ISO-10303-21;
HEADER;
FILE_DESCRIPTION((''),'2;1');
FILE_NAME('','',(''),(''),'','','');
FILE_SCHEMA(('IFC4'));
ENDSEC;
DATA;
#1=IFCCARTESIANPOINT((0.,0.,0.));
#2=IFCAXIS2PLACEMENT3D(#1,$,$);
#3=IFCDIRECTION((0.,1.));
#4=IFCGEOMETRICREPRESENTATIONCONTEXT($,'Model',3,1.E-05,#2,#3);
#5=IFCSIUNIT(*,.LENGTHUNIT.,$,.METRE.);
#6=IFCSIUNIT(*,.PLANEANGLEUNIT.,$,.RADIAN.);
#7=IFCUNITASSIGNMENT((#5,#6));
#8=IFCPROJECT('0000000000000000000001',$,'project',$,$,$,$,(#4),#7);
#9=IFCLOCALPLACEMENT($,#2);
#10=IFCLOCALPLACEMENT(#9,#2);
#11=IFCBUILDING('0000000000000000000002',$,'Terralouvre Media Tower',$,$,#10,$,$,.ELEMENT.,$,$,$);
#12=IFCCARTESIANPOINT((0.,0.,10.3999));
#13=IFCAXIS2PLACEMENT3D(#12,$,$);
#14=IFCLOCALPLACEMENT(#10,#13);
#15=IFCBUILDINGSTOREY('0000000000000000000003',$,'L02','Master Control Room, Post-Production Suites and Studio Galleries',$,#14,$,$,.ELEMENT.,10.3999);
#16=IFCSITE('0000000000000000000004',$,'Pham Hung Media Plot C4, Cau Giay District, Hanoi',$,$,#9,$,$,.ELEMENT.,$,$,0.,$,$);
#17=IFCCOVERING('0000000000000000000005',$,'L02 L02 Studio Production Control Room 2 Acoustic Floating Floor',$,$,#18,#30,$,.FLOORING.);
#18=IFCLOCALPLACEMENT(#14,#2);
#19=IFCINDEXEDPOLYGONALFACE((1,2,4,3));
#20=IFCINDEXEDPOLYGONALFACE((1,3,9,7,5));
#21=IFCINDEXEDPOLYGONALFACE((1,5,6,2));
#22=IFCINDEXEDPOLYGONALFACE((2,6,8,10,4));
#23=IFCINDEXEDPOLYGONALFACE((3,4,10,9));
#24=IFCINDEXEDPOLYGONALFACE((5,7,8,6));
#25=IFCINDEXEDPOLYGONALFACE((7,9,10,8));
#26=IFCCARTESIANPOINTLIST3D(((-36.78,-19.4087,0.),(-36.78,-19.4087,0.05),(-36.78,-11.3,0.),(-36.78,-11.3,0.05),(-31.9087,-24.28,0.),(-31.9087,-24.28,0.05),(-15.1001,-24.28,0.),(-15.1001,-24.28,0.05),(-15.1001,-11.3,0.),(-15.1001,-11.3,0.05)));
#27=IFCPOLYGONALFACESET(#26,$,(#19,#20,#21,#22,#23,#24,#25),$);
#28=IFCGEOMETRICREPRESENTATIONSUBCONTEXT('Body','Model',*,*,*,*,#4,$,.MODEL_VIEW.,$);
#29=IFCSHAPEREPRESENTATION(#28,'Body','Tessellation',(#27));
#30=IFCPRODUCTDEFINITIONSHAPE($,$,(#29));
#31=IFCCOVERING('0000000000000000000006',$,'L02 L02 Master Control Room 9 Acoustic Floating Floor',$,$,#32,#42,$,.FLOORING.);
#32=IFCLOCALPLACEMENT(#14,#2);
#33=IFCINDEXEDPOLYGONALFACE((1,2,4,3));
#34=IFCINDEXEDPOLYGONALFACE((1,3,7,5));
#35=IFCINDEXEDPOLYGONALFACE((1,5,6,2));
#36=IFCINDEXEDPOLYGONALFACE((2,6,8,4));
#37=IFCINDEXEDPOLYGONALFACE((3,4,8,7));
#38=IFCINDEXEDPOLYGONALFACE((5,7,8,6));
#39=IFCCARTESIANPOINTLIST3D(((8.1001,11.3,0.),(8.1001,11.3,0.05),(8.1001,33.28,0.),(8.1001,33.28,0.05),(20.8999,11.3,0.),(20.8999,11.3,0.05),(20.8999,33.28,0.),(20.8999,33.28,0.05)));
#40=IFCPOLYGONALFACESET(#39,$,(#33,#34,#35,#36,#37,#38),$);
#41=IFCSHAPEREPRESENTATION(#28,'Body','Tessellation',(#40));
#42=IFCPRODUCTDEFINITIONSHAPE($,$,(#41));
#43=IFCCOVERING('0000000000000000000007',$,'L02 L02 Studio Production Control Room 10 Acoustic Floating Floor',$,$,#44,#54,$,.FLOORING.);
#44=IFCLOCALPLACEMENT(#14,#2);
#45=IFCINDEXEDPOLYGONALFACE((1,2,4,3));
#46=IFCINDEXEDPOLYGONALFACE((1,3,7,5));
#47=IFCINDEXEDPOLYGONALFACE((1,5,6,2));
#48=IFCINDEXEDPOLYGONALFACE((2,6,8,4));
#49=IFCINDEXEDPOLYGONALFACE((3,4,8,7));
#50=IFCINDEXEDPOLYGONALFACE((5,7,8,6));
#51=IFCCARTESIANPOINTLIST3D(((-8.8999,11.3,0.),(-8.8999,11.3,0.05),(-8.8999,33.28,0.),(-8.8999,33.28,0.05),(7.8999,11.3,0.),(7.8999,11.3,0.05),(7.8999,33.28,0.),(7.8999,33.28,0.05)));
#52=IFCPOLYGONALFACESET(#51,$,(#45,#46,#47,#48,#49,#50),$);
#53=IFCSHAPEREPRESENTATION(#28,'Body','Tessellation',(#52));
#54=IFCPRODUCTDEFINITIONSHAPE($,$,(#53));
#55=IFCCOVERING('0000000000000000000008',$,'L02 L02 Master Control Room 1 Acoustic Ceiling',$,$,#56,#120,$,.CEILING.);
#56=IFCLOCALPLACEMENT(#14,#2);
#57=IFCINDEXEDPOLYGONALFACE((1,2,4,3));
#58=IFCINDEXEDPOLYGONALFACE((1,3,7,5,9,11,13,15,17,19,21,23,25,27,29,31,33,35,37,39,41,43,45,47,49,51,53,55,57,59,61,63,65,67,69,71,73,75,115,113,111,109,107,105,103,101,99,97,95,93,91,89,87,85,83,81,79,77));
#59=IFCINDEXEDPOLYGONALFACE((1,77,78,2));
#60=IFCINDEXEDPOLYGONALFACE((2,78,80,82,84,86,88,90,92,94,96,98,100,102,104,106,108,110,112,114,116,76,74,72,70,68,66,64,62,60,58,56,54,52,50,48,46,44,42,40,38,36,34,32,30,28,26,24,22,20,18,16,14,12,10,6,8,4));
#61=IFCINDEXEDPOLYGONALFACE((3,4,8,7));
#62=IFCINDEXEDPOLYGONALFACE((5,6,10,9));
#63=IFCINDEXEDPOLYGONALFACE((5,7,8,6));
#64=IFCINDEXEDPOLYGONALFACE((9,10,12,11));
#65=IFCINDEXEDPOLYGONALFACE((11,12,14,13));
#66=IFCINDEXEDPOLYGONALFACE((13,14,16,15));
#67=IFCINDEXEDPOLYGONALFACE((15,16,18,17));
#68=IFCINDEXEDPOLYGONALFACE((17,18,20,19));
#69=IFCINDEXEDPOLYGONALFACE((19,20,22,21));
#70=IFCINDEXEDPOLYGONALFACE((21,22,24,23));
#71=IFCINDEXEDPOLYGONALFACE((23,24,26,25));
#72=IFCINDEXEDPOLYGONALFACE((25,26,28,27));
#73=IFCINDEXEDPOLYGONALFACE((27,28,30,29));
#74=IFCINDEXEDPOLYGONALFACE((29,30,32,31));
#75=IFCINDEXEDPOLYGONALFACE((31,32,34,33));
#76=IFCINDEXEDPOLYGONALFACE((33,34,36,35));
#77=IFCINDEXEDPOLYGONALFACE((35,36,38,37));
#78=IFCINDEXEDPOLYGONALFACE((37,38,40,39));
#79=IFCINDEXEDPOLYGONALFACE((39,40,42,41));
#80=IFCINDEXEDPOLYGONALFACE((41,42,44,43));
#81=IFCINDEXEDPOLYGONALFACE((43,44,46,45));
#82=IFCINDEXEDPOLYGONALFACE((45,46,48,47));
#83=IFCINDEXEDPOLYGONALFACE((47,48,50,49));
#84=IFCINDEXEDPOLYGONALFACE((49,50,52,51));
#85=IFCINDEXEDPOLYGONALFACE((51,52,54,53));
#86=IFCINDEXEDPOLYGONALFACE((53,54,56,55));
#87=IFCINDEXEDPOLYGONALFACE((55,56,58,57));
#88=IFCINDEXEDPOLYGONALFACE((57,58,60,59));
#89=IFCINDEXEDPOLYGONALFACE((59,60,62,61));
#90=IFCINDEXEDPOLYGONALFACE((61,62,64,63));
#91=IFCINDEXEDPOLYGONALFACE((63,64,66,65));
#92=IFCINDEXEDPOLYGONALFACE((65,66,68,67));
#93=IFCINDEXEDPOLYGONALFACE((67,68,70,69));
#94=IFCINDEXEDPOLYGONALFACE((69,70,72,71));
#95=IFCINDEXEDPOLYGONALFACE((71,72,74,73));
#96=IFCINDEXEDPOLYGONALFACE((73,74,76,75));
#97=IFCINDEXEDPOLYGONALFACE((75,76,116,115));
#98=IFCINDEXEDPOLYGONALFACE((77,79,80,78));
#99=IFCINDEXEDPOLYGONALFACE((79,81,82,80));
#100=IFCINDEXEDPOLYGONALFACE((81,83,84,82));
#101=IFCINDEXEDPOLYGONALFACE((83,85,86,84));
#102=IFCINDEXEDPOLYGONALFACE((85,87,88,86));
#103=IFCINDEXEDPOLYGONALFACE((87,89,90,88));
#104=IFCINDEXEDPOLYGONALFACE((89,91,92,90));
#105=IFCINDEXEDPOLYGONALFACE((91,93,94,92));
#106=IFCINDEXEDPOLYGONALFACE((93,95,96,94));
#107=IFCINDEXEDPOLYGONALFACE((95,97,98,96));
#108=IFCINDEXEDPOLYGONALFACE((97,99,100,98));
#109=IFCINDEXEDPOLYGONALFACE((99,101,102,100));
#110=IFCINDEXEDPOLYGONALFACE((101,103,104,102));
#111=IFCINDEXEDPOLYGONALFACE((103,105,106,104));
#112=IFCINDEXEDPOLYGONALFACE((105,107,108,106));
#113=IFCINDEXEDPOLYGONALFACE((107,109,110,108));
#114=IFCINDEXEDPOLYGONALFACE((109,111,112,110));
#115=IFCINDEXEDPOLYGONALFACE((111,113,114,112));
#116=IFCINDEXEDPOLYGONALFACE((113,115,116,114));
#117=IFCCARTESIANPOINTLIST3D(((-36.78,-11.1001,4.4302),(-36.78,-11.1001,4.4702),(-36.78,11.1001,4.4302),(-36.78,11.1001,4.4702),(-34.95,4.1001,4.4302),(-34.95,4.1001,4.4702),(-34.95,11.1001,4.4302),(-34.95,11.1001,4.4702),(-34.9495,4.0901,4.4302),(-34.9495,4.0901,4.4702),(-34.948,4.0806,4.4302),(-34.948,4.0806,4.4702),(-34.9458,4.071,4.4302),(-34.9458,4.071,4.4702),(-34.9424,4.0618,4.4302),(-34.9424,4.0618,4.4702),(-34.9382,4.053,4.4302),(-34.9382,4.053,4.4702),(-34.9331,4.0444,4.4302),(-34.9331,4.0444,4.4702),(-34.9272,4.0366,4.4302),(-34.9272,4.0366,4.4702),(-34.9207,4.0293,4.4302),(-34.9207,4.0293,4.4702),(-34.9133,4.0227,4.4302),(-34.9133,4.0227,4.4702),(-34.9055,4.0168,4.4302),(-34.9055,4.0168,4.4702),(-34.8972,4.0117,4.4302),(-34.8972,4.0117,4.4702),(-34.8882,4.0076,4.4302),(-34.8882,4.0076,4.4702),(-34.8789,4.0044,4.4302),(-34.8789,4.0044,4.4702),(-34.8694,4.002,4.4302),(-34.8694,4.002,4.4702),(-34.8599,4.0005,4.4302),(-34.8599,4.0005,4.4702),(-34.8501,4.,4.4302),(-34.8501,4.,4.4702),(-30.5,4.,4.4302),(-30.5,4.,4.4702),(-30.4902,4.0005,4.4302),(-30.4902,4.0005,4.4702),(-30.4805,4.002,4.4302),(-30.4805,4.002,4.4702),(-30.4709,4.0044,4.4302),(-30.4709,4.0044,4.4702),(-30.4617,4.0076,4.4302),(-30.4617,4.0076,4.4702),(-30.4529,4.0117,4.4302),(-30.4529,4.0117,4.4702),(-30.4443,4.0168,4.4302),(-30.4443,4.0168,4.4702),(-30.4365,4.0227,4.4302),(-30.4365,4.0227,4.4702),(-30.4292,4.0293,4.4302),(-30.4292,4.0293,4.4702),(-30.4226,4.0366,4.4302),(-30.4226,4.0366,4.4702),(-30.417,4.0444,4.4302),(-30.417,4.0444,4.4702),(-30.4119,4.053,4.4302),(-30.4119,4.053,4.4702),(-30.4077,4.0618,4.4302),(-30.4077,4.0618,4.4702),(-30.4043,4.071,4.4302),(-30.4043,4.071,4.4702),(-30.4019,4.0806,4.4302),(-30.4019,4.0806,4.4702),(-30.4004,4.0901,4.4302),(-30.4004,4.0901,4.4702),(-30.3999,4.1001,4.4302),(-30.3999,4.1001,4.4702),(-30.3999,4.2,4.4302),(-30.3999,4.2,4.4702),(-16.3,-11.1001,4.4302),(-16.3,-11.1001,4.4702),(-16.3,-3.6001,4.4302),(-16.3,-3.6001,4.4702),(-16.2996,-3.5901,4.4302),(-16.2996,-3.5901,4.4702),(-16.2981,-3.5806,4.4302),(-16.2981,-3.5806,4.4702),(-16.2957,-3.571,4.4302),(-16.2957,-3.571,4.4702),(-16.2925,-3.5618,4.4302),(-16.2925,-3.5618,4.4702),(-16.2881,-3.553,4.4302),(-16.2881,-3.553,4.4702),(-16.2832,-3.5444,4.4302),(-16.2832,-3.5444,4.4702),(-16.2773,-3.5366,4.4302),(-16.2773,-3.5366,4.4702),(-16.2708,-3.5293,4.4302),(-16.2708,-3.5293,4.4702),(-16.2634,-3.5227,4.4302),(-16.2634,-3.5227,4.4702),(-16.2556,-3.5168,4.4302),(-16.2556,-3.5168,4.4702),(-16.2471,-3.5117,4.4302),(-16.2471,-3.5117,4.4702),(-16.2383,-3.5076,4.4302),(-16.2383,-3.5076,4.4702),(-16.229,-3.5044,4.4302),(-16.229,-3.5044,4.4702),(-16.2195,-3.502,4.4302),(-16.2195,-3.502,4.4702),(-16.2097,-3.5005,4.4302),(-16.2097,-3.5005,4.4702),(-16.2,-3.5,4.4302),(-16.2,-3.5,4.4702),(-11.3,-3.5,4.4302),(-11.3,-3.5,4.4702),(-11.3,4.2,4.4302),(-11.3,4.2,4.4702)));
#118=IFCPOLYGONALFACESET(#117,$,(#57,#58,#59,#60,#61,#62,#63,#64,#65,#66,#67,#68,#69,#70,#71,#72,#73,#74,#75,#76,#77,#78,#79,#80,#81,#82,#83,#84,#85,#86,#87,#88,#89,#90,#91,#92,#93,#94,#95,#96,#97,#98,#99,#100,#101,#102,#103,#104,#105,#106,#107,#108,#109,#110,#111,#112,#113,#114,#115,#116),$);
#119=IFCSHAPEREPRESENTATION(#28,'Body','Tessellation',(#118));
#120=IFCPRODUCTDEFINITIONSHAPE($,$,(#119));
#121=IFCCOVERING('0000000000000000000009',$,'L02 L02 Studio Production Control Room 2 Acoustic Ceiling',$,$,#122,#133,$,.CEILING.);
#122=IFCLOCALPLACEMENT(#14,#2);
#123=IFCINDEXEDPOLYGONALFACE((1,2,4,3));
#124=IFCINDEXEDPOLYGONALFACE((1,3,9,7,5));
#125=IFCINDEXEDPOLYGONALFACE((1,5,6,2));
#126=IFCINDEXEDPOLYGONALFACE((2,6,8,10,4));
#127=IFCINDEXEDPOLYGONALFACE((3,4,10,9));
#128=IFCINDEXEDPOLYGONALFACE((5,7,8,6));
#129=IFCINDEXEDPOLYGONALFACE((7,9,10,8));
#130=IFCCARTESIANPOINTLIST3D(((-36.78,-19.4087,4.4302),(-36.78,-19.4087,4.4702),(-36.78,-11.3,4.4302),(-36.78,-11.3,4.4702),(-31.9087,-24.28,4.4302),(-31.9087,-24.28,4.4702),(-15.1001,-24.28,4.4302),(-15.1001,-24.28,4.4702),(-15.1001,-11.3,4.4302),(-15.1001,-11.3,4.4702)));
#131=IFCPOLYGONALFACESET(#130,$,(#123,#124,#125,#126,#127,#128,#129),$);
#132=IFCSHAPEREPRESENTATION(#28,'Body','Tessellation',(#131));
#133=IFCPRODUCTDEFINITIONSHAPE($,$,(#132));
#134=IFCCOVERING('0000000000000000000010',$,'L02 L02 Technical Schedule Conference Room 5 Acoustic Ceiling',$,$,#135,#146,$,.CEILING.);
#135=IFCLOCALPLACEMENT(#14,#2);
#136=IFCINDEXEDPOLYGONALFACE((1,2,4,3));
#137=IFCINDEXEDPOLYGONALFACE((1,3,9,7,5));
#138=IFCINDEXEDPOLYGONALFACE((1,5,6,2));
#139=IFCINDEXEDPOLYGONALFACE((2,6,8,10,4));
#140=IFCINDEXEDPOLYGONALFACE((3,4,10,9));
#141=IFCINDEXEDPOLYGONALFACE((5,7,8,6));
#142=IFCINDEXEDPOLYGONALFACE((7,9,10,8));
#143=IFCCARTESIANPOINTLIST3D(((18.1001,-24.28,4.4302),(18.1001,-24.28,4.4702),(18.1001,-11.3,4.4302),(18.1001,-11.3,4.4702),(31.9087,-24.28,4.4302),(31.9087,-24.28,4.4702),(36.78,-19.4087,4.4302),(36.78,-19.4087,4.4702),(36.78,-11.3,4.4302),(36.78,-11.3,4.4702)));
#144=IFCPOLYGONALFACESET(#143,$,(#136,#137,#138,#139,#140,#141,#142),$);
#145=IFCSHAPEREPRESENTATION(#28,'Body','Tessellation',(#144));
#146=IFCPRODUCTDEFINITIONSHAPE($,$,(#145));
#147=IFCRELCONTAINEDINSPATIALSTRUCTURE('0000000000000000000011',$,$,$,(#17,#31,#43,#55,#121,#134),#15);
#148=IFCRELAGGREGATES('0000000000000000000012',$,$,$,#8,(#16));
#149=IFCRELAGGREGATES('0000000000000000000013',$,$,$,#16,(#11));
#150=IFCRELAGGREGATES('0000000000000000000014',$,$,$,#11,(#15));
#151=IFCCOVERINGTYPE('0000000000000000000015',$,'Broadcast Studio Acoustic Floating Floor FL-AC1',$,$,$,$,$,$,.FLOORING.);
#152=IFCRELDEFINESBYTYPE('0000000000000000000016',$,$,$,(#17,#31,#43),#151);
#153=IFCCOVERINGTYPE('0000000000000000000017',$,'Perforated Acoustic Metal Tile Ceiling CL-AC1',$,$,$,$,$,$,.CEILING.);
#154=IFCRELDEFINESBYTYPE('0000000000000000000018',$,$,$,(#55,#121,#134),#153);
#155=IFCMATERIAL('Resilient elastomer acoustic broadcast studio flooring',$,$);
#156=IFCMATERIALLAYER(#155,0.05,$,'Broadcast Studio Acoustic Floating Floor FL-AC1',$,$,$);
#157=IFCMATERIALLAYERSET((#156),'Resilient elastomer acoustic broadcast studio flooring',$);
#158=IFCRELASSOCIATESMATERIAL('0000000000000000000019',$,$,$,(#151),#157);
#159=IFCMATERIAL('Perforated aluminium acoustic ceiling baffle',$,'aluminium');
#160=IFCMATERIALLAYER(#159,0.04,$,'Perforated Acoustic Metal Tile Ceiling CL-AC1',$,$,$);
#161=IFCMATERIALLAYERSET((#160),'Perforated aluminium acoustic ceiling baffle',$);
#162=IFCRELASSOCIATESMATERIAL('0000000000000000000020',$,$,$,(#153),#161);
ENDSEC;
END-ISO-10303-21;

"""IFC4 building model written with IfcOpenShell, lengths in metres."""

from ifc_helpers import new_model, si_unit, direction, frame, origin, place, context, subcontext, project, spatial, polyline, outline, extrude, material, layer, layer_set, type_object, element, save


model = new_model("IFC4")

# Units and contexts
model_context = context("Model", 3, precision=1e-05, world=origin(), true_north=direction((0.0, 1.0)))
body_context = subcontext(model_context, "Body", "Model", "MODEL_VIEW")
ifc_project = project(units=[si_unit("LENGTHUNIT", "METRE"), si_unit("PLANEANGLEUNIT", "RADIAN")], contexts=[model_context])

# Site, building, storey
site_placement = place(None, origin())
site = spatial("IfcSite", under=ifc_project, at=site_placement, Name="Pham Hung Media Plot C4, Cau Giay District, Hanoi", CompositionType="ELEMENT", RefElevation=0.0)
building_placement = place(site_placement, origin())
building = spatial("IfcBuilding", under=site, at=building_placement, Name="Terralouvre Media Tower", CompositionType="ELEMENT")
storey_placement = place(building_placement, frame((0.0, 0.0, 10.3999)))
storey = spatial("IfcBuildingStorey", under=building, at=storey_placement, Name="L02", Description="Master Control Room, Post-Production Suites and Studio Galleries", CompositionType="ELEMENT", Elevation=10.3999)

# Coverings
ifc_material_1 = material(Name="Resilient elastomer acoustic broadcast studio flooring")
ifc_layer_1 = layer(ifc_material_1, 0.05, Name="Broadcast Studio Acoustic Floating Floor FL-AC1")
ifc_layer_set_1 = layer_set([ifc_layer_1], Name="Resilient elastomer acoustic broadcast studio flooring")
covering_type_1 = type_object("IfcCoveringType", Name="Broadcast Studio Acoustic Floating Floor FL-AC1", PredefinedType="FLOORING", material=ifc_layer_set_1)
covering_1_placement = place(storey_placement, origin())
element("IfcCovering", 1, at=covering_1_placement, inside=storey, type_object=covering_type_1, Name="L02 L02 Studio Production Control Room 2 Acoustic Floating Floor", PredefinedType="FLOORING", context=body_context, shape_type="SweptSolid", body=[
    extrude(outline(polyline([(-15.1001, -24.28), (-15.1001, -11.3), (-36.78, -11.3), (-36.78, -19.4087), (-31.9087, -24.28), (-15.1001, -24.28)])), origin(), (0.0, 0.0, 1.0), 0.05),
])
covering_2_placement = place(storey_placement, origin())
element("IfcCovering", 2, at=covering_2_placement, inside=storey, type_object=covering_type_1, Name="L02 L02 Master Control Room 9 Acoustic Floating Floor", PredefinedType="FLOORING", context=body_context, shape_type="SweptSolid", body=[
    extrude(outline(polyline([(20.8999, 11.3), (20.8999, 33.28), (8.1001, 33.28), (8.1001, 11.3), (20.8999, 11.3)])), origin(), (0.0, 0.0, 1.0), 0.05),
])
covering_3_placement = place(storey_placement, origin())
element("IfcCovering", 3, at=covering_3_placement, inside=storey, type_object=covering_type_1, Name="L02 L02 Studio Production Control Room 10 Acoustic Floating Floor", PredefinedType="FLOORING", context=body_context, shape_type="SweptSolid", body=[
    extrude(outline(polyline([(7.8999, 11.3), (7.8999, 33.28), (-8.8999, 33.28), (-8.8999, 11.3), (7.8999, 11.3)])), origin(), (0.0, 0.0, 1.0), 0.05),
])
ifc_material_2 = material(Name="Perforated aluminium acoustic ceiling baffle", Category="aluminium")
ifc_layer_2 = layer(ifc_material_2, 0.04, Name="Perforated Acoustic Metal Tile Ceiling CL-AC1")
ifc_layer_set_2 = layer_set([ifc_layer_2], Name="Perforated aluminium acoustic ceiling baffle")
covering_type_2 = type_object("IfcCoveringType", Name="Perforated Acoustic Metal Tile Ceiling CL-AC1", PredefinedType="CEILING", material=ifc_layer_set_2)
covering_4_placement = place(storey_placement, frame((0.0, 0.0, 4.4302)))
element("IfcCovering", 4, at=covering_4_placement, inside=storey, type_object=covering_type_2, Name="L02 L02 Master Control Room 1 Acoustic Ceiling", PredefinedType="CEILING", context=body_context, shape_type="SweptSolid", body=[
    extrude(outline(polyline([(-16.3, -3.6001), (-16.2996, -3.5901), (-16.2981, -3.5806), (-16.2957, -3.571), (-16.2925, -3.5618), (-16.2881, -3.553), (-16.2832, -3.5444), (-16.2773, -3.5366), (-16.2708, -3.5293), (-16.2634, -3.5227), (-16.2556, -3.5168), (-16.2471, -3.5117), (-16.2383, -3.5076), (-16.229, -3.5044), (-16.2195, -3.502), (-16.2097, -3.5005), (-16.2, -3.5), (-11.3, -3.5), (-11.3, 4.2), (-30.3999, 4.2), (-30.3999, 4.1001), (-30.4004, 4.0901), (-30.4019, 4.0806), (-30.4043, 4.071), (-30.4077, 4.0618), (-30.4119, 4.053), (-30.417, 4.0444), (-30.4226, 4.0366), (-30.4292, 4.0293), (-30.4365, 4.0227), (-30.4443, 4.0168), (-30.4529, 4.0117), (-30.4617, 4.0076), (-30.4709, 4.0044), (-30.4805, 4.002), (-30.4902, 4.0005), (-30.5, 4.0), (-34.8501, 4.0), (-34.8599, 4.0005), (-34.8694, 4.002), (-34.8789, 4.0044), (-34.8882, 4.0076), (-34.8972, 4.0117), (-34.9055, 4.0168), (-34.9133, 4.0227), (-34.9207, 4.0293), (-34.9272, 4.0366), (-34.9331, 4.0444), (-34.9382, 4.053), (-34.9424, 4.0618), (-34.9458, 4.071), (-34.948, 4.0806), (-34.9495, 4.0901), (-34.95, 4.1001), (-34.95, 11.1001), (-36.78, 11.1001), (-36.78, -11.1001), (-16.3, -11.1001), (-16.3, -3.6001)])), origin(), (0.0, 0.0, 1.0), 0.04),
])
covering_5_placement = place(storey_placement, frame((0.0, 0.0, 4.4302)))
element("IfcCovering", 5, at=covering_5_placement, inside=storey, type_object=covering_type_2, Name="L02 L02 Studio Production Control Room 2 Acoustic Ceiling", PredefinedType="CEILING", context=body_context, shape_type="SweptSolid", body=[
    extrude(outline(polyline([(-15.1001, -24.28), (-15.1001, -11.3), (-36.78, -11.3), (-36.78, -19.4087), (-31.9087, -24.28), (-15.1001, -24.28)])), origin(), (0.0, 0.0, 1.0), 0.04),
])
covering_6_placement = place(storey_placement, frame((0.0, 0.0, 4.4302)))
element("IfcCovering", 6, at=covering_6_placement, inside=storey, type_object=covering_type_2, Name="L02 L02 Technical Schedule Conference Room 5 Acoustic Ceiling", PredefinedType="CEILING", context=body_context, shape_type="SweptSolid", body=[
    extrude(outline(polyline([(18.1001, -24.28), (31.9087, -24.28), (36.78, -19.4087), (36.78, -11.3), (18.1001, -11.3), (18.1001, -24.28)])), origin(), (0.0, 0.0, 1.0), 0.04),
])

save(model, "model.ifc")
